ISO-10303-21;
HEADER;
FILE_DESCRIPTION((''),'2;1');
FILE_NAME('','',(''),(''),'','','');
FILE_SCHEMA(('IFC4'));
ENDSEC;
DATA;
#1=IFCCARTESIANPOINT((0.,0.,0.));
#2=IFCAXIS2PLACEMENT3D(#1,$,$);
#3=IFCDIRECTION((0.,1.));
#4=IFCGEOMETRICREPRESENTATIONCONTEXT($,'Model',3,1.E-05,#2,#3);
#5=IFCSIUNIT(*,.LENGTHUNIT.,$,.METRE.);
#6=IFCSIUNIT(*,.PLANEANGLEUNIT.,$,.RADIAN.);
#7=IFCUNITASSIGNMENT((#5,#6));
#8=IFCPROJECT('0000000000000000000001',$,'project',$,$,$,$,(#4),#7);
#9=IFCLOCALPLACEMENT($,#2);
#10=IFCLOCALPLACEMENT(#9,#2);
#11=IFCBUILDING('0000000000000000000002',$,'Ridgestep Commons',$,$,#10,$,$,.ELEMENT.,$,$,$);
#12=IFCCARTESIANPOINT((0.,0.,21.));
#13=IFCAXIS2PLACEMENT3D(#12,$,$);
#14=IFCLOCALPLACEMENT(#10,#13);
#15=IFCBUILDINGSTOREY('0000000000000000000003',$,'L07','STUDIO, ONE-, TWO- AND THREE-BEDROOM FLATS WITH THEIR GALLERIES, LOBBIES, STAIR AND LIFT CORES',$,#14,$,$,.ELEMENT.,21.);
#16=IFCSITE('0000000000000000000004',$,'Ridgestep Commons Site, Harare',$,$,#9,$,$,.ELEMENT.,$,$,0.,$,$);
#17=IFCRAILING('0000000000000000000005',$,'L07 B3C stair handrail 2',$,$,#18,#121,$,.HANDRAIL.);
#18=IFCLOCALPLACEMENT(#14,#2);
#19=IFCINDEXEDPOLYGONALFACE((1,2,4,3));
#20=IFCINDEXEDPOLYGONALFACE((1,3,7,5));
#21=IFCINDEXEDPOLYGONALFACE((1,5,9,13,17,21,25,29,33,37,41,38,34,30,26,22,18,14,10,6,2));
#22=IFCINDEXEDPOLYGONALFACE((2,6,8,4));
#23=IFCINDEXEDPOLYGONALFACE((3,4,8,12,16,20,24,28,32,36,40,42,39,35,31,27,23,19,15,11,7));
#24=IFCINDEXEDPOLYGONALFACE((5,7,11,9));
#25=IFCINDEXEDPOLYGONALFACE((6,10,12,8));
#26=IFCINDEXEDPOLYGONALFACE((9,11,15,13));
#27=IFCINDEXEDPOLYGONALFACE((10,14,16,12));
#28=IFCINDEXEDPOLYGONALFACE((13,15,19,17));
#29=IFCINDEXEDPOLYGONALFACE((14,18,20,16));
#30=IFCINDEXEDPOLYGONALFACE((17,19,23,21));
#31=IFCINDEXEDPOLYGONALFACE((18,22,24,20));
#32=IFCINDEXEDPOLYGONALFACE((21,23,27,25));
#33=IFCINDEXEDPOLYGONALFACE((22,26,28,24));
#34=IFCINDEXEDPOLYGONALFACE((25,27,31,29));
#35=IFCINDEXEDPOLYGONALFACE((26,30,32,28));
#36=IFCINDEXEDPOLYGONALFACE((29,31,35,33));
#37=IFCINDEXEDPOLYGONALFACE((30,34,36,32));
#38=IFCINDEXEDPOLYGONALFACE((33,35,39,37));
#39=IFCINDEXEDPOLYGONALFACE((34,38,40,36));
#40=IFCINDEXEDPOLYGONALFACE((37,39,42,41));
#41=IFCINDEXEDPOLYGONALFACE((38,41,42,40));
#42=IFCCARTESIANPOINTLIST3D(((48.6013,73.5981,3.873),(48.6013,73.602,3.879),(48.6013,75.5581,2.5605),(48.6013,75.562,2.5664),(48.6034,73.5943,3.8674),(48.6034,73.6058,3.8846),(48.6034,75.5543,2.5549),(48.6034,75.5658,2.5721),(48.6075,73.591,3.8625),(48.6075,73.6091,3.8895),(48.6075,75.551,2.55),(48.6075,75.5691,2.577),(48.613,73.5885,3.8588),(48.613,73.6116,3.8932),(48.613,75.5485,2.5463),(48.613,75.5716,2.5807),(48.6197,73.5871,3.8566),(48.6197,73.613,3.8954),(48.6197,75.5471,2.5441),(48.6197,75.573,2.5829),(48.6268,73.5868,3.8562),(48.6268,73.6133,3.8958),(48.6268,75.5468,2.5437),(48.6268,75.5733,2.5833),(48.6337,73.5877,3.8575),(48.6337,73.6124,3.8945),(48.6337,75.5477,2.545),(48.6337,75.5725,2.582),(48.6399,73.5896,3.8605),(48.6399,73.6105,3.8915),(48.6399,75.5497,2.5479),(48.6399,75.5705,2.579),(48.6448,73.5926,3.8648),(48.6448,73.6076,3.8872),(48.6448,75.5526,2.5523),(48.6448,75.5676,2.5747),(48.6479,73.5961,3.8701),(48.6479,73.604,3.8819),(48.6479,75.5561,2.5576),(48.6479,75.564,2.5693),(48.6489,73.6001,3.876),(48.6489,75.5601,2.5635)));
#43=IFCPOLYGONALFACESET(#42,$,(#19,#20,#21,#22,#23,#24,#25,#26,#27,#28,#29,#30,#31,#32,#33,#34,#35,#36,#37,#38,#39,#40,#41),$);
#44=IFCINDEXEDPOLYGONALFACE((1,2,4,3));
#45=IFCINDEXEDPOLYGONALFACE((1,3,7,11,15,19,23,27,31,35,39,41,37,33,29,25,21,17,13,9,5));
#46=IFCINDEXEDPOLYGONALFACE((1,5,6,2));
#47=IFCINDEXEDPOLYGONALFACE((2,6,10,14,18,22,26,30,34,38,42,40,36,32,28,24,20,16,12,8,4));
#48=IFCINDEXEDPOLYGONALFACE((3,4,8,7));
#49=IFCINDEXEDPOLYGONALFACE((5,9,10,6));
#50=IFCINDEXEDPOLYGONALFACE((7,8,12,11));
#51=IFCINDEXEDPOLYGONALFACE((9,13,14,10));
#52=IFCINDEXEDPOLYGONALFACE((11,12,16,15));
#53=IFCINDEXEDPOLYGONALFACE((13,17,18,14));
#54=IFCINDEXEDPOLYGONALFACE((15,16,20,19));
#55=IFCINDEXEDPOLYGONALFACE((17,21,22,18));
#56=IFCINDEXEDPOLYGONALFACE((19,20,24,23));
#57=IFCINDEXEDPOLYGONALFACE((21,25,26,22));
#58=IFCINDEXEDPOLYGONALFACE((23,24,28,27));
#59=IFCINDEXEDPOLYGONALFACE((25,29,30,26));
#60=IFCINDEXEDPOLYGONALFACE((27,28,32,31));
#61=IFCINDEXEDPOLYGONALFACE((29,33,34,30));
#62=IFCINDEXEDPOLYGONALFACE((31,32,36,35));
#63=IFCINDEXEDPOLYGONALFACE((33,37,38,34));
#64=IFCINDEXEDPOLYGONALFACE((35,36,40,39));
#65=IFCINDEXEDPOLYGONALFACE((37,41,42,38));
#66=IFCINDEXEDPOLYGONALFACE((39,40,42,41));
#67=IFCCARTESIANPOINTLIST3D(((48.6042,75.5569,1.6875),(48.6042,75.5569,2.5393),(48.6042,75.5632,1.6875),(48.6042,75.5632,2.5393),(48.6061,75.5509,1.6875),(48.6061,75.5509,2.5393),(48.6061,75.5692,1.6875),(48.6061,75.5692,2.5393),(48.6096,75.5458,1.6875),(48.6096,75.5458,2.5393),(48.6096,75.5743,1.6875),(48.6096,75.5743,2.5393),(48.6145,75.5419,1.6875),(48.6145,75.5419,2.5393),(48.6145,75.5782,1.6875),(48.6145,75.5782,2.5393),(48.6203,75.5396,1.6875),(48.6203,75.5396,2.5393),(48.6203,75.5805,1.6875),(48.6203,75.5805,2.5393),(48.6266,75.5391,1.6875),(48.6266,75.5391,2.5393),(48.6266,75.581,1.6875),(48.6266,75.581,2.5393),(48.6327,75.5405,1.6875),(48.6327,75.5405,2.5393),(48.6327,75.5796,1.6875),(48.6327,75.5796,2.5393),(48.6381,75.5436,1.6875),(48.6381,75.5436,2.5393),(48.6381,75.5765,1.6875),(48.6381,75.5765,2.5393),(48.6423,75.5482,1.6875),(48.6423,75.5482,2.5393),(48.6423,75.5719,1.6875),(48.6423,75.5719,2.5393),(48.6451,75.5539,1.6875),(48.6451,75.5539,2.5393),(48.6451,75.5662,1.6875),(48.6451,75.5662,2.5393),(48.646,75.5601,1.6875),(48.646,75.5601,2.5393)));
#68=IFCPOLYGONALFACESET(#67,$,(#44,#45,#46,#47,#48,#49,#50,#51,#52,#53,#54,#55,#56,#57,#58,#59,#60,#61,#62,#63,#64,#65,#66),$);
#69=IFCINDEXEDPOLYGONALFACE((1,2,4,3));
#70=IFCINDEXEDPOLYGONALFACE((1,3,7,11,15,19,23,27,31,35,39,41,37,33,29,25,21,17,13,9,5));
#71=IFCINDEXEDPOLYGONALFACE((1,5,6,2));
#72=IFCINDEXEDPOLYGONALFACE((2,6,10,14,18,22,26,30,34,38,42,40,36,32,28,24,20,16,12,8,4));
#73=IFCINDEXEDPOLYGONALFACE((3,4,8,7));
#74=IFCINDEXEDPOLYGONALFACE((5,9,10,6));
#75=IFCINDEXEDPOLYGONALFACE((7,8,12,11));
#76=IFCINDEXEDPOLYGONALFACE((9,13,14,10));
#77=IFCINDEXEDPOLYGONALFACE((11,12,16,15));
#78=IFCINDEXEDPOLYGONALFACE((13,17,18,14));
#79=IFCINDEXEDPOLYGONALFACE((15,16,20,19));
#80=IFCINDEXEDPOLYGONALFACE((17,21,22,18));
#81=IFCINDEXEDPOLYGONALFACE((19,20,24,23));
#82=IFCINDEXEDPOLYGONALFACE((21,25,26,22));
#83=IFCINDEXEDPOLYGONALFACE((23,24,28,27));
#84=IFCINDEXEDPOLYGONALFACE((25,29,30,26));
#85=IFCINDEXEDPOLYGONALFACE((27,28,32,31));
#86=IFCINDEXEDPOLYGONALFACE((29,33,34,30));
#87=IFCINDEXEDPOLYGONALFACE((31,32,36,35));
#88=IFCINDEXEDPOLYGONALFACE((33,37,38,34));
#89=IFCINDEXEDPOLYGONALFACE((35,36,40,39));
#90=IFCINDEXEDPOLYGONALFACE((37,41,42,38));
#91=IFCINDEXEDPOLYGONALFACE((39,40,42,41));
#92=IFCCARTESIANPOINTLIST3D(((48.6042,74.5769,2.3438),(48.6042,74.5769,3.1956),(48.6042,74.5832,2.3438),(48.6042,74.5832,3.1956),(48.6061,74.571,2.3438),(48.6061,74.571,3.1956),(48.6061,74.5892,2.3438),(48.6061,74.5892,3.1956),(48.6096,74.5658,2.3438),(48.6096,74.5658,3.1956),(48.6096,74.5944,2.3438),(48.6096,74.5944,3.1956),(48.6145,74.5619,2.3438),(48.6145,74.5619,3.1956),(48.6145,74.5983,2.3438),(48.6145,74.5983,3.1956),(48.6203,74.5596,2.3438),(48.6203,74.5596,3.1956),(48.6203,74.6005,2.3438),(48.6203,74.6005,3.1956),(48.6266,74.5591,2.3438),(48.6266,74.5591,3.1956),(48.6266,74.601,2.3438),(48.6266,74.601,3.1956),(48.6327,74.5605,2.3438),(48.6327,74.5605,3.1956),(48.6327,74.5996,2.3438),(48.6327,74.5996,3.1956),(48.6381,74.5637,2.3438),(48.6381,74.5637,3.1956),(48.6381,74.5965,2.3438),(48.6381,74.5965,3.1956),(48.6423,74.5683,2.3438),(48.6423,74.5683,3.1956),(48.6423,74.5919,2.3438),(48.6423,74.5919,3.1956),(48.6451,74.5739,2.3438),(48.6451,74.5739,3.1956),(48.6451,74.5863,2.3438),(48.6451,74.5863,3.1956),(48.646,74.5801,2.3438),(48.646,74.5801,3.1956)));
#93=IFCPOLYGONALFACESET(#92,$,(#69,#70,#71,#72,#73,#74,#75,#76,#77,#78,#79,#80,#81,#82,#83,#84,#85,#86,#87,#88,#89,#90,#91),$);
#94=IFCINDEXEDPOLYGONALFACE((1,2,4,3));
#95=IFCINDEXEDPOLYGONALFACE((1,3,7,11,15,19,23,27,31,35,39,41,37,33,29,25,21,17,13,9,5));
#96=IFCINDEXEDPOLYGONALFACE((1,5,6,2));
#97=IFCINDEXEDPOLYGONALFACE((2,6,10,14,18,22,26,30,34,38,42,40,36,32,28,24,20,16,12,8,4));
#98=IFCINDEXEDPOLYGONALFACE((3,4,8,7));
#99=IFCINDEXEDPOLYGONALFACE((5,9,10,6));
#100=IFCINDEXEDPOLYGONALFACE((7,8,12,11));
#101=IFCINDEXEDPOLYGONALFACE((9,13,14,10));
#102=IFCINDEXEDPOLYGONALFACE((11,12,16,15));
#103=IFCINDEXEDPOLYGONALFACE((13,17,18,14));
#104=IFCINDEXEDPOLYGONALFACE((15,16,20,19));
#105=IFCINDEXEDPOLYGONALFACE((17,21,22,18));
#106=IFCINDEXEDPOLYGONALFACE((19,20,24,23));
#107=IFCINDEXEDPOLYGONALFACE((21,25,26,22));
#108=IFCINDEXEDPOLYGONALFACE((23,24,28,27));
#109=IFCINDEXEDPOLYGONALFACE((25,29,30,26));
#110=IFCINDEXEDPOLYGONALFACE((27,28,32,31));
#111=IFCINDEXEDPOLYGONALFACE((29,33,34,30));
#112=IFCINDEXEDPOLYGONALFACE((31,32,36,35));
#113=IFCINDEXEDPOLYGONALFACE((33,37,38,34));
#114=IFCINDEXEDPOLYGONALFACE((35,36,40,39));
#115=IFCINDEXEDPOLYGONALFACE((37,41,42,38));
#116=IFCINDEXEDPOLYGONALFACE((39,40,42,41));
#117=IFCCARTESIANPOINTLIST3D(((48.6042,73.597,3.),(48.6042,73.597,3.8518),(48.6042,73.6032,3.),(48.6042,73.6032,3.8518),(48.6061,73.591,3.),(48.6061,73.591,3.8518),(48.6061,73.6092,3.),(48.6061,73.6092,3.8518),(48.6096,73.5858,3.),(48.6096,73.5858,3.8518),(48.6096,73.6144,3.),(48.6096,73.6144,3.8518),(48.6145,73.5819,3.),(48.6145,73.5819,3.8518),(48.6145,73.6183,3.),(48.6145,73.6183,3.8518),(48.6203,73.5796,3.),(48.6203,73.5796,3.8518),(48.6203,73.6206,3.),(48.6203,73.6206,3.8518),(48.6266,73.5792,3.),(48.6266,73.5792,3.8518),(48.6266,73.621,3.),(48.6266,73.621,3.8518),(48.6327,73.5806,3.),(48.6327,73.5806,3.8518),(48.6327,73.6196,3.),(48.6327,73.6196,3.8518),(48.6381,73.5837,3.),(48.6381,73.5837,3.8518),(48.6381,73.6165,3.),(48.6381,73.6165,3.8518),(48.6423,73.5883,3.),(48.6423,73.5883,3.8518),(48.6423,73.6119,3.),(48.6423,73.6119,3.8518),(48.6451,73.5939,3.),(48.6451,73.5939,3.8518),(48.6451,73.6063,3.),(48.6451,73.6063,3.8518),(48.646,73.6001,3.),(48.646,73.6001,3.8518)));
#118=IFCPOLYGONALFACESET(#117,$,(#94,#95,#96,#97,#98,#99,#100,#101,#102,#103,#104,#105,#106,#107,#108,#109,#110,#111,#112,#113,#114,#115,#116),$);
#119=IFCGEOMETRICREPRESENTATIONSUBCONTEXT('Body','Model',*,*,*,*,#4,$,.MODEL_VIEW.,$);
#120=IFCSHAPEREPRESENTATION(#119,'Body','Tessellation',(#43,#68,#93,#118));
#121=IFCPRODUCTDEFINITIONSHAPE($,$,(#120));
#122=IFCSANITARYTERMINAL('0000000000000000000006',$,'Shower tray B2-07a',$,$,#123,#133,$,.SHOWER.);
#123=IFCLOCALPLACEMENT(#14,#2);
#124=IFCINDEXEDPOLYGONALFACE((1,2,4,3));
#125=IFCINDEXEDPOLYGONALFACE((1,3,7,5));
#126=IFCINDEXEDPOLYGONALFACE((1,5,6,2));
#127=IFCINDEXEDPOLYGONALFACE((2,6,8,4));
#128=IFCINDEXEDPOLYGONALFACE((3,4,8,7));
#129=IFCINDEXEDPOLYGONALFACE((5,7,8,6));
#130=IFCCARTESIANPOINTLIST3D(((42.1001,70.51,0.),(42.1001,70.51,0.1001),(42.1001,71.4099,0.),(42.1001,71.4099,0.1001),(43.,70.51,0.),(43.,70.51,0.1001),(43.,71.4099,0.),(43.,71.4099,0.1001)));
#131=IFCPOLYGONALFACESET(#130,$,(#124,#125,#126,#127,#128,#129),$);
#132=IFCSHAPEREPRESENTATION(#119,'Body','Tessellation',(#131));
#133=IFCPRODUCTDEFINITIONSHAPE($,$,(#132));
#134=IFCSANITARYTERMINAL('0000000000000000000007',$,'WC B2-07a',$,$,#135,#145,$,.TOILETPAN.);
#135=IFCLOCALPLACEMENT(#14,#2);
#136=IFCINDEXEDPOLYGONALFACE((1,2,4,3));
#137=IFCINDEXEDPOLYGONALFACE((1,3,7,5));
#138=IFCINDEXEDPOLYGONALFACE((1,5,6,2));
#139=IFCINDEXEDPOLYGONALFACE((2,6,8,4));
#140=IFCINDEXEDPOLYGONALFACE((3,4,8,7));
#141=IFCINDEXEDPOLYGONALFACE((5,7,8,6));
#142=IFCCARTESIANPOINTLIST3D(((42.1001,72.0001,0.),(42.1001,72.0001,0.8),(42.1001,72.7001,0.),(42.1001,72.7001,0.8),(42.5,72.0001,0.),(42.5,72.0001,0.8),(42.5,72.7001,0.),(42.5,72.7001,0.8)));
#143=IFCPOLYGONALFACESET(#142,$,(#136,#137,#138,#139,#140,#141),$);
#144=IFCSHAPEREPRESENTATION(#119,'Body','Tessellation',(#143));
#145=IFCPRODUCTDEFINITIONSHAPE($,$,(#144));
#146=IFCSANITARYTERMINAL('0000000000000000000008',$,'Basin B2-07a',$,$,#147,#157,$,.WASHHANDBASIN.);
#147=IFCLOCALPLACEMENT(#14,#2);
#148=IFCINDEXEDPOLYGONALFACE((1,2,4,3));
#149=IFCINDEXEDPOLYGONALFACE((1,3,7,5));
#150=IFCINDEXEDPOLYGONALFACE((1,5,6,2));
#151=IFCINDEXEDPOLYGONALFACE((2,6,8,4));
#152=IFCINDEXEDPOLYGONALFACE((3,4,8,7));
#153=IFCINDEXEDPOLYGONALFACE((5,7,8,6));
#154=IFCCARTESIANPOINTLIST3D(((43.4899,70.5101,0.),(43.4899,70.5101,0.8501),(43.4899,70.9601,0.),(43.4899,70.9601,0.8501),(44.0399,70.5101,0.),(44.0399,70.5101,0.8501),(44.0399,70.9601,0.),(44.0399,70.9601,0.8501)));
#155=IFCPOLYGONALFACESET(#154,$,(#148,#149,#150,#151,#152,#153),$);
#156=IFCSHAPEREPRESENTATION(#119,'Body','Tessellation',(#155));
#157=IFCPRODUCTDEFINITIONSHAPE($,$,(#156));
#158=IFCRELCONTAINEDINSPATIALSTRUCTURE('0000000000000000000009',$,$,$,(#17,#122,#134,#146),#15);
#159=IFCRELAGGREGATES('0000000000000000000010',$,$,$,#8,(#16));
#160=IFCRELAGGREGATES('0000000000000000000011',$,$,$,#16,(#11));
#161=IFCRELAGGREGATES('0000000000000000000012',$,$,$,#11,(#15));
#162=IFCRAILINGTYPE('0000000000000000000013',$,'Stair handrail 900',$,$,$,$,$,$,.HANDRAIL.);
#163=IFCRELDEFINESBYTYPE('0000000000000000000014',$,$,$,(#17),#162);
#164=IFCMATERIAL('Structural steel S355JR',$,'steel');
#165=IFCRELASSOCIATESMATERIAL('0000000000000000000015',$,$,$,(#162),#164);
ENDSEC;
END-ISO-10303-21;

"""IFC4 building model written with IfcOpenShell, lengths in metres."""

from ifc_helpers import new_model, si_unit, direction, frame, origin, origin_2d, place, context, subcontext, project, spatial, rectangle, circle, extrude, material, type_object, element, save


model = new_model("IFC4")

# Units and contexts
model_context = context("Model", 3, precision=1e-05, world=origin(), true_north=direction((0.0, 1.0)))
body_context = subcontext(model_context, "Body", "Model", "MODEL_VIEW")
ifc_project = project(units=[si_unit("LENGTHUNIT", "METRE"), si_unit("PLANEANGLEUNIT", "RADIAN")], contexts=[model_context])

# Site, building, storey
site_placement = place(None, origin())
site = spatial("IfcSite", under=ifc_project, at=site_placement, Name="Ridgestep Commons Site, Harare", CompositionType="ELEMENT", RefElevation=0.0)
building_placement = place(site_placement, origin())
building = spatial("IfcBuilding", under=site, at=building_placement, Name="Ridgestep Commons", CompositionType="ELEMENT")
storey_placement = place(building_placement, frame((0.0, 0.0, 21.0)))
storey = spatial("IfcBuildingStorey", under=building, at=storey_placement, Name="L07", Description="STUDIO, ONE-, TWO- AND THREE-BEDROOM FLATS WITH THEIR GALLERIES, LOBBIES, STAIR AND LIFT CORES", CompositionType="ELEMENT", Elevation=21.0)

# Railing
ifc_material_1 = material(Name="Structural steel S355JR", Category="steel")
railing_type_1 = type_object("IfcRailingType", Name="Stair handrail 900", PredefinedType="HANDRAIL", material=ifc_material_1)
railing_1_placement = place(storey_placement, frame((48.625, 75.5601, 1.6875)))
element("IfcRailing", 1, at=railing_1_placement, inside=storey, type_object=railing_type_1, Name="L07 B3C stair handrail 2", PredefinedType="HANDRAIL", context=body_context, shape_type="SweptSolid", body=[
    extrude(circle(Radius=0.0239, at=origin_2d()), frame((0.0, 0.0, 0.876), z_axis=(0.0, -0.830902, 0.556419), x_axis=(1.0, 0.0, 0.0)), (0.0, 0.0, 1.0), 2.3589),
    extrude(circle(Radius=0.021, at=origin_2d()), origin(), (0.0, 0.0, 1.0), 0.8518),
    extrude(circle(Radius=0.021, at=origin_2d()), frame((0.0, -0.98, 0.6562)), (0.0, 0.0, 1.0), 0.8518),
    extrude(circle(Radius=0.021, at=origin_2d()), frame((0.0, -1.96, 1.3125)), (0.0, 0.0, 1.0), 0.8518),
])

# Sanitary terminals
sanitary_terminal_1_placement = place(storey_placement, frame((42.55, 70.96, 0.0), z_axis=(0.0, 0.0, 1.0), x_axis=(1.0, 0.0, 0.0)))
element("IfcSanitaryTerminal", 2, at=sanitary_terminal_1_placement, inside=storey, Name="Shower tray B2-07a", PredefinedType="SHOWER", context=body_context, shape_type="SweptSolid", body=[
    extrude(rectangle(XDim=0.8999, YDim=0.8999, at=origin_2d()), origin(), (0.0, 0.0, 1.0), 0.1001),
])
sanitary_terminal_2_placement = place(storey_placement, frame((42.3, 72.3501, 0.0), z_axis=(0.0, 0.0, 1.0), x_axis=(1.0, 0.0, 0.0)))
element("IfcSanitaryTerminal", 3, at=sanitary_terminal_2_placement, inside=storey, Name="WC B2-07a", PredefinedType="TOILETPAN", context=body_context, shape_type="SweptSolid", body=[
    extrude(rectangle(XDim=0.3999, YDim=0.7, at=origin_2d()), origin(), (0.0, 0.0, 1.0), 0.8),
])
sanitary_terminal_3_placement = place(storey_placement, frame((43.7649, 70.7351, 0.0), z_axis=(0.0, 0.0, 1.0), x_axis=(1.0, 0.0, 0.0)))
element("IfcSanitaryTerminal", 4, at=sanitary_terminal_3_placement, inside=storey, Name="Basin B2-07a", PredefinedType="WASHHANDBASIN", context=body_context, shape_type="SweptSolid", body=[
    extrude(rectangle(XDim=0.55, YDim=0.45, at=origin_2d()), origin(), (0.0, 0.0, 1.0), 0.8501),
])

save(model, "model.ifc")
